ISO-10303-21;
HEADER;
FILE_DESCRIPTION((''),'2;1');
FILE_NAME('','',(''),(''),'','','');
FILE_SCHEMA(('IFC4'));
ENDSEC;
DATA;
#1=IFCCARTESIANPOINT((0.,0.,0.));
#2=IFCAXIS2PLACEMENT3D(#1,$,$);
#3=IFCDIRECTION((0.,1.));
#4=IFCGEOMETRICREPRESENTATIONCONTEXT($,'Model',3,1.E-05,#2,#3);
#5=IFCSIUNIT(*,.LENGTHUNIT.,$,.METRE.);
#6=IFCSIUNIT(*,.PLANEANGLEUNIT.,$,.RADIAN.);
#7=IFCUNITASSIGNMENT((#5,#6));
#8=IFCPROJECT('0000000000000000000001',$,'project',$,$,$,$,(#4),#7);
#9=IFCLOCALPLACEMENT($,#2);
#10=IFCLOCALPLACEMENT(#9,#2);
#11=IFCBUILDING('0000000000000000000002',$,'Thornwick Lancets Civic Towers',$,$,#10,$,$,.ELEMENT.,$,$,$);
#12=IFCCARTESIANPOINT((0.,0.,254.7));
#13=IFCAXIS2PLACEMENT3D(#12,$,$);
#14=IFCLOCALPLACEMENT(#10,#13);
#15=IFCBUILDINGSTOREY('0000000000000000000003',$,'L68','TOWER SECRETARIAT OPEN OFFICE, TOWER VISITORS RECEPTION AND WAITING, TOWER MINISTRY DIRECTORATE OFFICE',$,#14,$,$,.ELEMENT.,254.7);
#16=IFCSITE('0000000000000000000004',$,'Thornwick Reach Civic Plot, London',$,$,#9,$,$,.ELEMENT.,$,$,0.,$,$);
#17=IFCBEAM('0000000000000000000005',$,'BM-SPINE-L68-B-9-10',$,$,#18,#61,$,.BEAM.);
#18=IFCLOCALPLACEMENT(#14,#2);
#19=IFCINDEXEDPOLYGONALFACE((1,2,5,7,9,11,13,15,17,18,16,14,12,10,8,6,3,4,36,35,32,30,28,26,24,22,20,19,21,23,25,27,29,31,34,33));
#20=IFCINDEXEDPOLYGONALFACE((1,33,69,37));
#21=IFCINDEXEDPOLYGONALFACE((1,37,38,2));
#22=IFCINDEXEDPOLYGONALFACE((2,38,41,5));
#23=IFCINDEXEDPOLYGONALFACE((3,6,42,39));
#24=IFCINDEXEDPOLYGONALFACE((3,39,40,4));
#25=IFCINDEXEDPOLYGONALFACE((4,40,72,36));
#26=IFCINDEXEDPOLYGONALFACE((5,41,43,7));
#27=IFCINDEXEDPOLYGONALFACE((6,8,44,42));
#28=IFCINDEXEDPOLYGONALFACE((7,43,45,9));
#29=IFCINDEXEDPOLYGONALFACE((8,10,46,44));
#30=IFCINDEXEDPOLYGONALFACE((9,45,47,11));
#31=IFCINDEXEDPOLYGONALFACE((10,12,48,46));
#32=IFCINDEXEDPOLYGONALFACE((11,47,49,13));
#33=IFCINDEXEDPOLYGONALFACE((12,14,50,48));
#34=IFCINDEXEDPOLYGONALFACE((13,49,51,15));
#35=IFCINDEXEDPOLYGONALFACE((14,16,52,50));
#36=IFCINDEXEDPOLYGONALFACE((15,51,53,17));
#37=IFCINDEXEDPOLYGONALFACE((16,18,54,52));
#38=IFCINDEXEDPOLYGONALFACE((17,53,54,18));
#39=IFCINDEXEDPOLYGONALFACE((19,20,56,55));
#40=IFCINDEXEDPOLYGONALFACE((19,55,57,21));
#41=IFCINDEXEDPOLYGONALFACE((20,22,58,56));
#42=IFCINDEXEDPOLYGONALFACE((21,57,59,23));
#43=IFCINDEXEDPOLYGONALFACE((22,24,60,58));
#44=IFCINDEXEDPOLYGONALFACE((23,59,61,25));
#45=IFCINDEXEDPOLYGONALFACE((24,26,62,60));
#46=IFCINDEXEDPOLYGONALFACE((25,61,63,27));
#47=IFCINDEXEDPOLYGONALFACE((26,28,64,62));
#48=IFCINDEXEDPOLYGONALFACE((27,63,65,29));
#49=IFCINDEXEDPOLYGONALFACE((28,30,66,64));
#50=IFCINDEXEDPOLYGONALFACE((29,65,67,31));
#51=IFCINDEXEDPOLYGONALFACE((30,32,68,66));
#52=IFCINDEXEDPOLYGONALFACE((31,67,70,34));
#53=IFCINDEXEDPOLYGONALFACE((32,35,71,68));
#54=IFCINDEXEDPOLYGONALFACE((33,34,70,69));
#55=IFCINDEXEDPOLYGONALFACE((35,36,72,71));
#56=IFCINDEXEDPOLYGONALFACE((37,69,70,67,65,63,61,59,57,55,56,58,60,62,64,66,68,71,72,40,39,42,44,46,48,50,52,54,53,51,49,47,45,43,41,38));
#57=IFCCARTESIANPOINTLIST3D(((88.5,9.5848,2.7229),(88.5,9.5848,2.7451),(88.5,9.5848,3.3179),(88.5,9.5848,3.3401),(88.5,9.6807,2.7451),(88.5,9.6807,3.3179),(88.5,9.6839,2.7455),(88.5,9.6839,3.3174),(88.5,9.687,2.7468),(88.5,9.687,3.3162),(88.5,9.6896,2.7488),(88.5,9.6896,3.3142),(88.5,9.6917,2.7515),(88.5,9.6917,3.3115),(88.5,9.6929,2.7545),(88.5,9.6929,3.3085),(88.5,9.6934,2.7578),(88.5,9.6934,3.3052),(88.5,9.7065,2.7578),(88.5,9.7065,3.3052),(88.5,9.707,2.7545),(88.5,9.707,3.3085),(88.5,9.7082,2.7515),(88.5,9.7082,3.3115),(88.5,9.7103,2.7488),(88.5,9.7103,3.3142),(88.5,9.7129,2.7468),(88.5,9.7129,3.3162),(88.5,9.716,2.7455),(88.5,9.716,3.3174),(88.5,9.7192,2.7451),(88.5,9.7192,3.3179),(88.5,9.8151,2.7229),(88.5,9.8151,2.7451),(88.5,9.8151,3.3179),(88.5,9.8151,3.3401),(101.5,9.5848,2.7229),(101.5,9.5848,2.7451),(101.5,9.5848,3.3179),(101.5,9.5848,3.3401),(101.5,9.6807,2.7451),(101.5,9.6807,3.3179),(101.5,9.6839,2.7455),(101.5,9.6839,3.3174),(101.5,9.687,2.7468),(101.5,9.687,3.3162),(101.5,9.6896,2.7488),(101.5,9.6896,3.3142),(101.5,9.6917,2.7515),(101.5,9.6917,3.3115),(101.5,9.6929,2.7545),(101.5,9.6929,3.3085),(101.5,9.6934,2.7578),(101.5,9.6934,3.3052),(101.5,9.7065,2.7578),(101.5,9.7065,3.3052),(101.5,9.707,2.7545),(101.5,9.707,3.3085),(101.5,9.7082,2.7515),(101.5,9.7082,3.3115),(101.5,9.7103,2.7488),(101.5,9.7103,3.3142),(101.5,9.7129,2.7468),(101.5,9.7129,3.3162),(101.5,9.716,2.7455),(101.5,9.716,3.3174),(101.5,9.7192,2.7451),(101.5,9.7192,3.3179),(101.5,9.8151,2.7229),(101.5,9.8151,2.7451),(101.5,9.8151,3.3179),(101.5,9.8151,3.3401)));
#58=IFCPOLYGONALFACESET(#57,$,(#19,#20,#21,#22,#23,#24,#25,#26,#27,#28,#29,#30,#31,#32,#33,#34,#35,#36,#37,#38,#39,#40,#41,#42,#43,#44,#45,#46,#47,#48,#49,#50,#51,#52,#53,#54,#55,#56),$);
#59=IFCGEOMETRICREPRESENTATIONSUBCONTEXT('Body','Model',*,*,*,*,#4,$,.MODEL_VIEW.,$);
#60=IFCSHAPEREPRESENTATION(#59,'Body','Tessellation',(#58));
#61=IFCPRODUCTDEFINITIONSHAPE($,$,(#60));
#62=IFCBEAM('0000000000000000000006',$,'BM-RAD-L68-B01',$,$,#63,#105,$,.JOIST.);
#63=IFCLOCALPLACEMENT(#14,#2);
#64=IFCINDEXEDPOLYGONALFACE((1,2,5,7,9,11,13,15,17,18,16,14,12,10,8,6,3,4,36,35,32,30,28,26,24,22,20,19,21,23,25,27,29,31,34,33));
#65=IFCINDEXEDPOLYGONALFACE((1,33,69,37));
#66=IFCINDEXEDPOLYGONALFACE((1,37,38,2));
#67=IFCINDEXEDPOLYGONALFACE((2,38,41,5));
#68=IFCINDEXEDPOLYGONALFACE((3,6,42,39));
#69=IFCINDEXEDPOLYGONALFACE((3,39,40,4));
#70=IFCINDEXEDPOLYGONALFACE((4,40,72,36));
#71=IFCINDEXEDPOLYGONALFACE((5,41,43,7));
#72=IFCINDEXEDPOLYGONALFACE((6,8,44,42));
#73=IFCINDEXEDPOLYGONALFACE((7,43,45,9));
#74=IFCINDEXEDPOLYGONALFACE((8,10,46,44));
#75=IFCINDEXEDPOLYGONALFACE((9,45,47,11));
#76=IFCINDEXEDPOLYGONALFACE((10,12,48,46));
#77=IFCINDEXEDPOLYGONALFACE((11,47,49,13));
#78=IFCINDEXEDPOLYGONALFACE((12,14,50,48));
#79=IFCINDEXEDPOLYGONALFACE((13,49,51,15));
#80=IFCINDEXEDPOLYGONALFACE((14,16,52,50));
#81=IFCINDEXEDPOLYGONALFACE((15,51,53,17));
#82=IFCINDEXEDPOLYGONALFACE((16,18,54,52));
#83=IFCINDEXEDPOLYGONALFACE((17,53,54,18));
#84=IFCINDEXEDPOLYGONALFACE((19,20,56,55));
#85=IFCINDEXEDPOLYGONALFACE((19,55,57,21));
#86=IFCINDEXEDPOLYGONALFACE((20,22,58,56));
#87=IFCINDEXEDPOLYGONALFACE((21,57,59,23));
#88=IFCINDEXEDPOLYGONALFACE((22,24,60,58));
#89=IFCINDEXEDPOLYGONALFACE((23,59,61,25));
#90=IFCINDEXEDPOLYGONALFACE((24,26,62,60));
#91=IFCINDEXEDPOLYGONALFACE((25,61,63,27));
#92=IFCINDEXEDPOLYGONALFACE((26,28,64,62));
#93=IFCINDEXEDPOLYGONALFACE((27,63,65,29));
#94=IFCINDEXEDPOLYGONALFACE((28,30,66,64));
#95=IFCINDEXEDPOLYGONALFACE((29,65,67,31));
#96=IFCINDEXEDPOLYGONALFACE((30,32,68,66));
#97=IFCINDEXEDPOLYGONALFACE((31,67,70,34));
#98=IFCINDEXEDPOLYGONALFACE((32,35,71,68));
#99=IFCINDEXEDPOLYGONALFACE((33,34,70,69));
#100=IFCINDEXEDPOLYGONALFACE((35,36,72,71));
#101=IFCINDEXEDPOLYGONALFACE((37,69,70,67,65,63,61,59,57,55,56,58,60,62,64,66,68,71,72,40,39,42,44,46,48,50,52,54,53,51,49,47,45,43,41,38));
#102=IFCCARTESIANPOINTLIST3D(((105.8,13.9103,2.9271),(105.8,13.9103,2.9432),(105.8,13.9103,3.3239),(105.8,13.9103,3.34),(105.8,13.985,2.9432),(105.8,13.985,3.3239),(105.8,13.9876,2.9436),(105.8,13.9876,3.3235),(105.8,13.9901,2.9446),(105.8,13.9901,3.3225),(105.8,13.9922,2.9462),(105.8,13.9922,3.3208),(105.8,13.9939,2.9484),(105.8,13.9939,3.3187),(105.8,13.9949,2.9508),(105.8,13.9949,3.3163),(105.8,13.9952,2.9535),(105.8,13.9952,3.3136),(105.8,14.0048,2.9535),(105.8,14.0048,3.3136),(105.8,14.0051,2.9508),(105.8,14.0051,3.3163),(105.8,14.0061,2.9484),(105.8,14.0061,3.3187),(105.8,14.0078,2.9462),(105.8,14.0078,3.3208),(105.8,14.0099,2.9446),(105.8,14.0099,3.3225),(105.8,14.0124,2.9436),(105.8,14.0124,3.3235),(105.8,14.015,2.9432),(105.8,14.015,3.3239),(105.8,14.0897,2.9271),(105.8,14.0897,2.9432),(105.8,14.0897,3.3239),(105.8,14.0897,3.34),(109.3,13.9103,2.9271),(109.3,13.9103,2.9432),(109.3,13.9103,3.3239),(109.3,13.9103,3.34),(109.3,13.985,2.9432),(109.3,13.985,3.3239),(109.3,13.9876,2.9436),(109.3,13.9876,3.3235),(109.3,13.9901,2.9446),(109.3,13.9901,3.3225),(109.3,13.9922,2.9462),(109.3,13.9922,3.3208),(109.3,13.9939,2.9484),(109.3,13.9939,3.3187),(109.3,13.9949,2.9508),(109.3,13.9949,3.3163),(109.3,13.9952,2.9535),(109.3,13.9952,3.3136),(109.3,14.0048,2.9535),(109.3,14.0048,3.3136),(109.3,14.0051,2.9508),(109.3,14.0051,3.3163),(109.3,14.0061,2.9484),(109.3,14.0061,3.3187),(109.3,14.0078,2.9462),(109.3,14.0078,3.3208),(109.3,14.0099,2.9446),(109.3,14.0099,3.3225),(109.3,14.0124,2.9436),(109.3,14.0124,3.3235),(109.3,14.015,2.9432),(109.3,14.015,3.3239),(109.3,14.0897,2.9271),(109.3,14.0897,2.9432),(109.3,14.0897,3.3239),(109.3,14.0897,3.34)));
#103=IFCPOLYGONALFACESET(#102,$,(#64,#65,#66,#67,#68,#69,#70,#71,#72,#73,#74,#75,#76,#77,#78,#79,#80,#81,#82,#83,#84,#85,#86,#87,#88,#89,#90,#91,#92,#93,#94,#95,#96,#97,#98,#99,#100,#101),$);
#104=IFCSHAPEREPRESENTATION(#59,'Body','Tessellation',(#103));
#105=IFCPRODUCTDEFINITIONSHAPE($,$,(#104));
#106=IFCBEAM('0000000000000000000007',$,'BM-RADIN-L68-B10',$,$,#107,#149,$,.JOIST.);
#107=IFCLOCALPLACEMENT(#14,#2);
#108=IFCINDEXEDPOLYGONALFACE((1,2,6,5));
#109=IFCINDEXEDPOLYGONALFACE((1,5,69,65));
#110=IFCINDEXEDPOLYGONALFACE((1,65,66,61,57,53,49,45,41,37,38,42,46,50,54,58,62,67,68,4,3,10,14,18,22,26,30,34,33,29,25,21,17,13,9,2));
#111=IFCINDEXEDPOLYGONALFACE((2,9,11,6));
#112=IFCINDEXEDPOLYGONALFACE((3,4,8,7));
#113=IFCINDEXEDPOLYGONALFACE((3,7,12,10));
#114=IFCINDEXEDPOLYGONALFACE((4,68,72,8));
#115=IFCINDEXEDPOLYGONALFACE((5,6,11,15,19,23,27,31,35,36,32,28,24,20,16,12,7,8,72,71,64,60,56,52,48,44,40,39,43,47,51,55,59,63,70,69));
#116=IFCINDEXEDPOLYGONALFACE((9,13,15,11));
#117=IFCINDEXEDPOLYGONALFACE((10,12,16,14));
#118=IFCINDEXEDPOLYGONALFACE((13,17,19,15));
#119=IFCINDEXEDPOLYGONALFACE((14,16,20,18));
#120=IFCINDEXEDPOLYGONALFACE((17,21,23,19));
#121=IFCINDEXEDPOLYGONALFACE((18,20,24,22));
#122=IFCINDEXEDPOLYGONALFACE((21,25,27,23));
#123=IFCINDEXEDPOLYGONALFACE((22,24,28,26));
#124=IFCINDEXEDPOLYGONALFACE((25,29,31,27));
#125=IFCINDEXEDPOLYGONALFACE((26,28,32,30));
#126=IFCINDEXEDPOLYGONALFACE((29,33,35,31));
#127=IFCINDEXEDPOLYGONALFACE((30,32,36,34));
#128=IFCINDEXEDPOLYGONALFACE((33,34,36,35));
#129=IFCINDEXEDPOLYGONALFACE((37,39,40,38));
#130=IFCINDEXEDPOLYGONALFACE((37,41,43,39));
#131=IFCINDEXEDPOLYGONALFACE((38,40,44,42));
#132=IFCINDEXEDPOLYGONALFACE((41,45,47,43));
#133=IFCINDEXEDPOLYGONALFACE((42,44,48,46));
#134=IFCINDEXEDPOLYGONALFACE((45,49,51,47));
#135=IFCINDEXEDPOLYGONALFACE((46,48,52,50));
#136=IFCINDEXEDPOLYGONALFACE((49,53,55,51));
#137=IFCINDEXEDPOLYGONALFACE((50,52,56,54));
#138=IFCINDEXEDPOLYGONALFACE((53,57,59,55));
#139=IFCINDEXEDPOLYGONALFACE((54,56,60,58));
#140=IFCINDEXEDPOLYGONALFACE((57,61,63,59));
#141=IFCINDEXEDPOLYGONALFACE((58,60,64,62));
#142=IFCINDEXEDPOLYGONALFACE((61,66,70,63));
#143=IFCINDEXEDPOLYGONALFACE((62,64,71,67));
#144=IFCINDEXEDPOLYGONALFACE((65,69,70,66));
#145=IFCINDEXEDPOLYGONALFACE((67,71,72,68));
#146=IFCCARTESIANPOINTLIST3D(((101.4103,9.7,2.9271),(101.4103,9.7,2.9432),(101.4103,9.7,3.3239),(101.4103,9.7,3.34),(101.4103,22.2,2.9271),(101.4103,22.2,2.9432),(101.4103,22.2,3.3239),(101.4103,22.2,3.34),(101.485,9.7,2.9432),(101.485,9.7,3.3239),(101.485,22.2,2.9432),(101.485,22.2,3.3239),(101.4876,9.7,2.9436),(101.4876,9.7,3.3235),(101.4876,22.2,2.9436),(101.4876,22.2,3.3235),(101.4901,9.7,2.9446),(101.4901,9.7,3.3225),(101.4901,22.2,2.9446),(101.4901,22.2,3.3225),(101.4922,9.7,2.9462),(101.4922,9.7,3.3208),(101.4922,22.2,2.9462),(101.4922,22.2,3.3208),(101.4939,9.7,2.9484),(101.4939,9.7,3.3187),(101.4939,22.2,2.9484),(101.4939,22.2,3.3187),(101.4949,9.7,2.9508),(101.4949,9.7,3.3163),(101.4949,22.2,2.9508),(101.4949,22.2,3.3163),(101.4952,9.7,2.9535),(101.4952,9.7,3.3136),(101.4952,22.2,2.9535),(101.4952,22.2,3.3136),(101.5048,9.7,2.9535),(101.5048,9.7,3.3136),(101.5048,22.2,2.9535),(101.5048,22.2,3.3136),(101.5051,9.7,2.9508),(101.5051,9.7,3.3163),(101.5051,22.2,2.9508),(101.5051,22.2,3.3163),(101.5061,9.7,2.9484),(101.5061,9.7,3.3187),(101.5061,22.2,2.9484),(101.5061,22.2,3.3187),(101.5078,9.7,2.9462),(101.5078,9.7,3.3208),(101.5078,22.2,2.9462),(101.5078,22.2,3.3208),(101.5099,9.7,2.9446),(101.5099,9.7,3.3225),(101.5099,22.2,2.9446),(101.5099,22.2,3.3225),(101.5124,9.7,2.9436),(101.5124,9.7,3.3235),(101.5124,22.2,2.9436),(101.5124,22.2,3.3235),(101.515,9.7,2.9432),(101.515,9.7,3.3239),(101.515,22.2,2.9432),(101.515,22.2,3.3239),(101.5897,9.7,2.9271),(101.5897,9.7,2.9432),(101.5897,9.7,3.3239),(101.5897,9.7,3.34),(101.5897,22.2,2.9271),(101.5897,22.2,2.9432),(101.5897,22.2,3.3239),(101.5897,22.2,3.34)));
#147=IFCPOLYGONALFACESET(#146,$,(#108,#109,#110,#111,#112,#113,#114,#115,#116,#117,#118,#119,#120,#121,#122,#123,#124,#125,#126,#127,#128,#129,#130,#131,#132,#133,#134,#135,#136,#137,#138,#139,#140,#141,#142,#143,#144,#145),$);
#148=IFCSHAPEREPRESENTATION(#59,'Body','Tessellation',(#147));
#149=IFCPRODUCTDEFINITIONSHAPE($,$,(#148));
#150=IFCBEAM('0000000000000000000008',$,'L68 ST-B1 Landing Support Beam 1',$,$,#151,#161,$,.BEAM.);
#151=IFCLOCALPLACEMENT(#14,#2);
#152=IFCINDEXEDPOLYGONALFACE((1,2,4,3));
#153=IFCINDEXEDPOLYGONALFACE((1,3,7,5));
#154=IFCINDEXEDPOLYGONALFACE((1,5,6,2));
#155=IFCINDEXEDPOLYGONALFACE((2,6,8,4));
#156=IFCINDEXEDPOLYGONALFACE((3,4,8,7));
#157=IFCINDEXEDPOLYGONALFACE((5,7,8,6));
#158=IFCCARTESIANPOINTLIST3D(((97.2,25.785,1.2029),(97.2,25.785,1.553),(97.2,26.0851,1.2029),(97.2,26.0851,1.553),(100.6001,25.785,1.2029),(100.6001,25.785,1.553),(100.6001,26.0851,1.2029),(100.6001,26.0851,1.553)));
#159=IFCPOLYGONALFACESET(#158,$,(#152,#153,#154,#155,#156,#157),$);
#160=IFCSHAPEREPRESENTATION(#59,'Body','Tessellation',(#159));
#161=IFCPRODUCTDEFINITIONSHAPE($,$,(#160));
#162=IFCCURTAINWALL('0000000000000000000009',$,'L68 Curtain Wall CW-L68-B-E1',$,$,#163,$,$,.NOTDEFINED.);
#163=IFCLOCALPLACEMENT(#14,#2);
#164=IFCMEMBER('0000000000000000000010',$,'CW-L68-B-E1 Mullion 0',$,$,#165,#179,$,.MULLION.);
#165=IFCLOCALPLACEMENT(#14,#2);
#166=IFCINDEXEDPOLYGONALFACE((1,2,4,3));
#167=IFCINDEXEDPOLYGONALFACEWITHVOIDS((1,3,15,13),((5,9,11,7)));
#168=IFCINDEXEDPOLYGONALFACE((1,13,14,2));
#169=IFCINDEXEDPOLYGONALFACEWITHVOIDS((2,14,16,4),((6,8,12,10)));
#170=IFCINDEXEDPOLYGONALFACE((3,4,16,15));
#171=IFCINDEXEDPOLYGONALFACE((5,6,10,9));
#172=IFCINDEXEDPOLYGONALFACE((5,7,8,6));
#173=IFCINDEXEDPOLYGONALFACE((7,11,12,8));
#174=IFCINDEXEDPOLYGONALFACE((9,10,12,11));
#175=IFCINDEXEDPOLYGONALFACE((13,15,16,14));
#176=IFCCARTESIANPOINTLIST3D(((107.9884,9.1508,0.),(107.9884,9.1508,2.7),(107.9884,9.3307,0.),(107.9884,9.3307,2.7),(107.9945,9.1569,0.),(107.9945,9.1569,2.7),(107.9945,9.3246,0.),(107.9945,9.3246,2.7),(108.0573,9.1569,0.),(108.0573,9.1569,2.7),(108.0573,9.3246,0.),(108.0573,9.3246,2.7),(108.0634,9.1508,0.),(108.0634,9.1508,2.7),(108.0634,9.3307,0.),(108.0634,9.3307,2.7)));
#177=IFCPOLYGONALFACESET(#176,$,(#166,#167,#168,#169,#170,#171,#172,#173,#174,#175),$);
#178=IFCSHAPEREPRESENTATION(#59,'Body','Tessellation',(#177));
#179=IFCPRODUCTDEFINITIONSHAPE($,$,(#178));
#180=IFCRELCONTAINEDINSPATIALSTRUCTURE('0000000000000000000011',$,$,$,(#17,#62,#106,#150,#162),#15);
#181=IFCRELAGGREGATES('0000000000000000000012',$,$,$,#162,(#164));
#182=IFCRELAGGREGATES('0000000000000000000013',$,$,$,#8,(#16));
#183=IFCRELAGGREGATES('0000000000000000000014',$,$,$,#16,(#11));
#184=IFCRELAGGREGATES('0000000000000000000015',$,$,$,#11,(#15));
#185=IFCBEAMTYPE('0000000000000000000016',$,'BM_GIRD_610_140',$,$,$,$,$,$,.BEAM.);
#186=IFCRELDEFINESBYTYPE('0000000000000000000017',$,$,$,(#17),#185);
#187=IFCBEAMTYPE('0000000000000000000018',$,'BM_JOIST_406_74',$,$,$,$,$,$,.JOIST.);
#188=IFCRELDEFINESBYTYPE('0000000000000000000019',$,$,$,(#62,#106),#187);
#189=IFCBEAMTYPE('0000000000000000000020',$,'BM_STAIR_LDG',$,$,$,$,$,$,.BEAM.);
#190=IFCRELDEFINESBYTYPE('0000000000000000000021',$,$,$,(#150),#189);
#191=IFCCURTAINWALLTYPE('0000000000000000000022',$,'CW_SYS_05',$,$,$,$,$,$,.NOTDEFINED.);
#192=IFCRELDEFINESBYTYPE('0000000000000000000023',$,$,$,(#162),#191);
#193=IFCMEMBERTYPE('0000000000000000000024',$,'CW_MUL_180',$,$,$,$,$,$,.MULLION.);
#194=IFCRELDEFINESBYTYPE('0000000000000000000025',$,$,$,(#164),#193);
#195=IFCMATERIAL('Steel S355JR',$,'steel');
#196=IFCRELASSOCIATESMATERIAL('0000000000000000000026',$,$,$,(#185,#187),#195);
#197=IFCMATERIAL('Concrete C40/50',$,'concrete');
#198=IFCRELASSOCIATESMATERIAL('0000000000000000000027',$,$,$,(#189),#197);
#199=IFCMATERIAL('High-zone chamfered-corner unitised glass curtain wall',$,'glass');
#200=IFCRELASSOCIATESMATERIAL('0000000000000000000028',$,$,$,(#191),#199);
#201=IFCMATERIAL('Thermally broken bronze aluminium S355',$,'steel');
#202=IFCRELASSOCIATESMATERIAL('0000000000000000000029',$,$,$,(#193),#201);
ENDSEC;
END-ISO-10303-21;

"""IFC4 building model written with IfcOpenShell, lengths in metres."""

from ifc_helpers import new_model, si_unit, direction, frame, origin, origin_2d, place, context, subcontext, project, spatial, rectangle, hollow_rectangle, i_section, extrude, material, material_profile, profile_set, type_object, element, aggregate, save


model = new_model("IFC4")

# Units and contexts
model_context = context("Model", 3, precision=1e-05, world=origin(), true_north=direction((0.0, 1.0)))
body_context = subcontext(model_context, "Body", "Model", "MODEL_VIEW")
ifc_project = project(units=[si_unit("LENGTHUNIT", "METRE"), si_unit("PLANEANGLEUNIT", "RADIAN")], contexts=[model_context])

# Site, building, storey
site_placement = place(None, origin())
site = spatial("IfcSite", under=ifc_project, at=site_placement, Name="Thornwick Reach Civic Plot, London", CompositionType="ELEMENT", RefElevation=0.0)
building_placement = place(site_placement, origin())
building = spatial("IfcBuilding", under=site, at=building_placement, Name="Thornwick Lancets Civic Towers", CompositionType="ELEMENT")
storey_placement = place(building_placement, frame((0.0, 0.0, 254.7)))
storey = spatial("IfcBuildingStorey", under=building, at=storey_placement, Name="L68", Description="TOWER SECRETARIAT OPEN OFFICE, TOWER VISITORS RECEPTION AND WAITING, TOWER MINISTRY DIRECTORATE OFFICE", CompositionType="ELEMENT", Elevation=254.7)

# Shared definitions
ifc_material_1 = material(Name="Steel S355JR", Category="steel")

# Beams
ifc_material_profile_1 = material_profile(ifc_material_1, i_section(OverallWidth=0.2302, OverallDepth=0.6172, WebThickness=0.0132, FlangeThickness=0.0222, FilletRadius=0.0127, at=origin_2d()), Name="UKB 610x229x140")
ifc_profile_set_1 = profile_set([ifc_material_profile_1], Name="Steel S355JR")
beam_type_1 = type_object("IfcBeamType", Name="BM_GIRD_610_140", PredefinedType="BEAM", material=ifc_profile_set_1)
for number, where, z_axis, x_axis, name in (
    (1, (101.5, 9.7, 3.0315), (-1.0, 0.0, 0.0), (0.0, -1.0, 0.0), "BM-SPINE-L68-B-9-10"),
):
    element("IfcBeam", number, at=place(storey_placement, frame(where, z_axis=z_axis, x_axis=x_axis)), inside=storey, type_object=beam_type_1, Name=name, PredefinedType="BEAM", context=body_context, shape_type="SweptSolid", body=[
        extrude(i_section(OverallWidth=0.2302, OverallDepth=0.6172, WebThickness=0.0132, FlangeThickness=0.0222, FilletRadius=0.0127, at=origin_2d()), origin(), (0.0, 0.0, 1.0), 13.0),
    ])
ifc_material_profile_2 = material_profile(ifc_material_1, i_section(OverallWidth=0.1794, OverallDepth=0.4128, WebThickness=0.0095, FlangeThickness=0.0161, FilletRadius=0.0103, at=origin_2d()), Name="UKB 406x178x74")
ifc_profile_set_2 = profile_set([ifc_material_profile_2], Name="Steel S355JR")
beam_type_2 = type_object("IfcBeamType", Name="BM_JOIST_406_74", PredefinedType="JOIST", material=ifc_profile_set_2)
beam_1_placement = place(storey_placement, frame((105.8, 14.0, 3.1335), z_axis=(1.0, 0.0, 0.0), x_axis=(0.0, 1.0, 0.0)))
element("IfcBeam", 2, at=beam_1_placement, inside=storey, type_object=beam_type_2, Name="BM-RAD-L68-B01", PredefinedType="JOIST", context=body_context, shape_type="SweptSolid", body=[
    extrude(i_section(OverallWidth=0.1794, OverallDepth=0.4128, WebThickness=0.0095, FlangeThickness=0.0161, FilletRadius=0.0103, at=origin_2d()), origin(), (0.0, 0.0, 1.0), 3.5),
])
beam_2_placement = place(storey_placement, frame((101.5, 22.2, 3.1335), z_axis=(0.0, -1.0, 0.0), x_axis=(1.0, 0.0, 0.0)))
element("IfcBeam", 3, at=beam_2_placement, inside=storey, type_object=beam_type_2, Name="BM-RADIN-L68-B10", PredefinedType="JOIST", context=body_context, shape_type="SweptSolid", body=[
    extrude(i_section(OverallWidth=0.1794, OverallDepth=0.4128, WebThickness=0.0095, FlangeThickness=0.0161, FilletRadius=0.0103, at=origin_2d()), origin(), (0.0, 0.0, 1.0), 12.5),
])
ifc_material_2 = material(Name="Concrete C40/50", Category="concrete")
ifc_material_profile_3 = material_profile(ifc_material_2, rectangle(XDim=0.3, YDim=0.3501, at=origin_2d()), Name="RC 300x350")
ifc_profile_set_3 = profile_set([ifc_material_profile_3], Name="Concrete C40/50")
beam_type_3 = type_object("IfcBeamType", Name="BM_STAIR_LDG", PredefinedType="BEAM", material=ifc_profile_set_3)
beam_3_placement = place(storey_placement, frame((100.6001, 25.9351, 1.3779), z_axis=(-1.0, 0.0, 0.0), x_axis=(0.0, -1.0, 0.0)))
element("IfcBeam", 4, at=beam_3_placement, inside=storey, type_object=beam_type_3, Name="L68 ST-B1 Landing Support Beam 1", PredefinedType="BEAM", context=body_context, shape_type="SweptSolid", body=[
    extrude(rectangle(XDim=0.3, YDim=0.3501, at=origin_2d()), origin(), (0.0, 0.0, 1.0), 3.4001),
])

# Curtain wall, member
ifc_material_3 = material(Name="High-zone chamfered-corner unitised glass curtain wall", Category="glass")
curtain_wall_type = type_object("IfcCurtainWallType", Name="CW_SYS_05", PredefinedType="NOTDEFINED", material=ifc_material_3)
curtain_wall_placement = place(storey_placement, origin())
curtain_wall = element("IfcCurtainWall", 5, at=curtain_wall_placement, inside=storey, type_object=curtain_wall_type, Name="L68 Curtain Wall CW-L68-B-E1", PredefinedType="NOTDEFINED")
ifc_material_4 = material(Name="Thermally broken bronze aluminium S355", Category="steel")
ifc_material_profile_4 = material_profile(ifc_material_4, hollow_rectangle(XDim=0.075, YDim=0.1799, WallThickness=0.0061, at=origin_2d()), Name="RHS 180x75x6")
ifc_profile_set_4 = profile_set([ifc_material_profile_4], Name="Thermally broken bronze aluminium S355")
member_type_1 = type_object("IfcMemberType", Name="CW_MUL_180", PredefinedType="MULLION", material=ifc_profile_set_4)
member_1_placement = place(storey_placement, frame((108.0259, 9.2407, 0.0), z_axis=(0.0, 0.0, 1.0), x_axis=(1.0, 0.0, 0.0)))
member_1 = element("IfcMember", 6, at=member_1_placement, type_object=member_type_1, Name="CW-L68-B-E1 Mullion 0", PredefinedType="MULLION", context=body_context, shape_type="SweptSolid", body=[
    extrude(hollow_rectangle(XDim=0.075, YDim=0.1799, WallThickness=0.0061, at=origin_2d()), origin(), (0.0, 0.0, 1.0), 2.7),
])
aggregate(curtain_wall, [member_1])

save(model, "model.ifc")
